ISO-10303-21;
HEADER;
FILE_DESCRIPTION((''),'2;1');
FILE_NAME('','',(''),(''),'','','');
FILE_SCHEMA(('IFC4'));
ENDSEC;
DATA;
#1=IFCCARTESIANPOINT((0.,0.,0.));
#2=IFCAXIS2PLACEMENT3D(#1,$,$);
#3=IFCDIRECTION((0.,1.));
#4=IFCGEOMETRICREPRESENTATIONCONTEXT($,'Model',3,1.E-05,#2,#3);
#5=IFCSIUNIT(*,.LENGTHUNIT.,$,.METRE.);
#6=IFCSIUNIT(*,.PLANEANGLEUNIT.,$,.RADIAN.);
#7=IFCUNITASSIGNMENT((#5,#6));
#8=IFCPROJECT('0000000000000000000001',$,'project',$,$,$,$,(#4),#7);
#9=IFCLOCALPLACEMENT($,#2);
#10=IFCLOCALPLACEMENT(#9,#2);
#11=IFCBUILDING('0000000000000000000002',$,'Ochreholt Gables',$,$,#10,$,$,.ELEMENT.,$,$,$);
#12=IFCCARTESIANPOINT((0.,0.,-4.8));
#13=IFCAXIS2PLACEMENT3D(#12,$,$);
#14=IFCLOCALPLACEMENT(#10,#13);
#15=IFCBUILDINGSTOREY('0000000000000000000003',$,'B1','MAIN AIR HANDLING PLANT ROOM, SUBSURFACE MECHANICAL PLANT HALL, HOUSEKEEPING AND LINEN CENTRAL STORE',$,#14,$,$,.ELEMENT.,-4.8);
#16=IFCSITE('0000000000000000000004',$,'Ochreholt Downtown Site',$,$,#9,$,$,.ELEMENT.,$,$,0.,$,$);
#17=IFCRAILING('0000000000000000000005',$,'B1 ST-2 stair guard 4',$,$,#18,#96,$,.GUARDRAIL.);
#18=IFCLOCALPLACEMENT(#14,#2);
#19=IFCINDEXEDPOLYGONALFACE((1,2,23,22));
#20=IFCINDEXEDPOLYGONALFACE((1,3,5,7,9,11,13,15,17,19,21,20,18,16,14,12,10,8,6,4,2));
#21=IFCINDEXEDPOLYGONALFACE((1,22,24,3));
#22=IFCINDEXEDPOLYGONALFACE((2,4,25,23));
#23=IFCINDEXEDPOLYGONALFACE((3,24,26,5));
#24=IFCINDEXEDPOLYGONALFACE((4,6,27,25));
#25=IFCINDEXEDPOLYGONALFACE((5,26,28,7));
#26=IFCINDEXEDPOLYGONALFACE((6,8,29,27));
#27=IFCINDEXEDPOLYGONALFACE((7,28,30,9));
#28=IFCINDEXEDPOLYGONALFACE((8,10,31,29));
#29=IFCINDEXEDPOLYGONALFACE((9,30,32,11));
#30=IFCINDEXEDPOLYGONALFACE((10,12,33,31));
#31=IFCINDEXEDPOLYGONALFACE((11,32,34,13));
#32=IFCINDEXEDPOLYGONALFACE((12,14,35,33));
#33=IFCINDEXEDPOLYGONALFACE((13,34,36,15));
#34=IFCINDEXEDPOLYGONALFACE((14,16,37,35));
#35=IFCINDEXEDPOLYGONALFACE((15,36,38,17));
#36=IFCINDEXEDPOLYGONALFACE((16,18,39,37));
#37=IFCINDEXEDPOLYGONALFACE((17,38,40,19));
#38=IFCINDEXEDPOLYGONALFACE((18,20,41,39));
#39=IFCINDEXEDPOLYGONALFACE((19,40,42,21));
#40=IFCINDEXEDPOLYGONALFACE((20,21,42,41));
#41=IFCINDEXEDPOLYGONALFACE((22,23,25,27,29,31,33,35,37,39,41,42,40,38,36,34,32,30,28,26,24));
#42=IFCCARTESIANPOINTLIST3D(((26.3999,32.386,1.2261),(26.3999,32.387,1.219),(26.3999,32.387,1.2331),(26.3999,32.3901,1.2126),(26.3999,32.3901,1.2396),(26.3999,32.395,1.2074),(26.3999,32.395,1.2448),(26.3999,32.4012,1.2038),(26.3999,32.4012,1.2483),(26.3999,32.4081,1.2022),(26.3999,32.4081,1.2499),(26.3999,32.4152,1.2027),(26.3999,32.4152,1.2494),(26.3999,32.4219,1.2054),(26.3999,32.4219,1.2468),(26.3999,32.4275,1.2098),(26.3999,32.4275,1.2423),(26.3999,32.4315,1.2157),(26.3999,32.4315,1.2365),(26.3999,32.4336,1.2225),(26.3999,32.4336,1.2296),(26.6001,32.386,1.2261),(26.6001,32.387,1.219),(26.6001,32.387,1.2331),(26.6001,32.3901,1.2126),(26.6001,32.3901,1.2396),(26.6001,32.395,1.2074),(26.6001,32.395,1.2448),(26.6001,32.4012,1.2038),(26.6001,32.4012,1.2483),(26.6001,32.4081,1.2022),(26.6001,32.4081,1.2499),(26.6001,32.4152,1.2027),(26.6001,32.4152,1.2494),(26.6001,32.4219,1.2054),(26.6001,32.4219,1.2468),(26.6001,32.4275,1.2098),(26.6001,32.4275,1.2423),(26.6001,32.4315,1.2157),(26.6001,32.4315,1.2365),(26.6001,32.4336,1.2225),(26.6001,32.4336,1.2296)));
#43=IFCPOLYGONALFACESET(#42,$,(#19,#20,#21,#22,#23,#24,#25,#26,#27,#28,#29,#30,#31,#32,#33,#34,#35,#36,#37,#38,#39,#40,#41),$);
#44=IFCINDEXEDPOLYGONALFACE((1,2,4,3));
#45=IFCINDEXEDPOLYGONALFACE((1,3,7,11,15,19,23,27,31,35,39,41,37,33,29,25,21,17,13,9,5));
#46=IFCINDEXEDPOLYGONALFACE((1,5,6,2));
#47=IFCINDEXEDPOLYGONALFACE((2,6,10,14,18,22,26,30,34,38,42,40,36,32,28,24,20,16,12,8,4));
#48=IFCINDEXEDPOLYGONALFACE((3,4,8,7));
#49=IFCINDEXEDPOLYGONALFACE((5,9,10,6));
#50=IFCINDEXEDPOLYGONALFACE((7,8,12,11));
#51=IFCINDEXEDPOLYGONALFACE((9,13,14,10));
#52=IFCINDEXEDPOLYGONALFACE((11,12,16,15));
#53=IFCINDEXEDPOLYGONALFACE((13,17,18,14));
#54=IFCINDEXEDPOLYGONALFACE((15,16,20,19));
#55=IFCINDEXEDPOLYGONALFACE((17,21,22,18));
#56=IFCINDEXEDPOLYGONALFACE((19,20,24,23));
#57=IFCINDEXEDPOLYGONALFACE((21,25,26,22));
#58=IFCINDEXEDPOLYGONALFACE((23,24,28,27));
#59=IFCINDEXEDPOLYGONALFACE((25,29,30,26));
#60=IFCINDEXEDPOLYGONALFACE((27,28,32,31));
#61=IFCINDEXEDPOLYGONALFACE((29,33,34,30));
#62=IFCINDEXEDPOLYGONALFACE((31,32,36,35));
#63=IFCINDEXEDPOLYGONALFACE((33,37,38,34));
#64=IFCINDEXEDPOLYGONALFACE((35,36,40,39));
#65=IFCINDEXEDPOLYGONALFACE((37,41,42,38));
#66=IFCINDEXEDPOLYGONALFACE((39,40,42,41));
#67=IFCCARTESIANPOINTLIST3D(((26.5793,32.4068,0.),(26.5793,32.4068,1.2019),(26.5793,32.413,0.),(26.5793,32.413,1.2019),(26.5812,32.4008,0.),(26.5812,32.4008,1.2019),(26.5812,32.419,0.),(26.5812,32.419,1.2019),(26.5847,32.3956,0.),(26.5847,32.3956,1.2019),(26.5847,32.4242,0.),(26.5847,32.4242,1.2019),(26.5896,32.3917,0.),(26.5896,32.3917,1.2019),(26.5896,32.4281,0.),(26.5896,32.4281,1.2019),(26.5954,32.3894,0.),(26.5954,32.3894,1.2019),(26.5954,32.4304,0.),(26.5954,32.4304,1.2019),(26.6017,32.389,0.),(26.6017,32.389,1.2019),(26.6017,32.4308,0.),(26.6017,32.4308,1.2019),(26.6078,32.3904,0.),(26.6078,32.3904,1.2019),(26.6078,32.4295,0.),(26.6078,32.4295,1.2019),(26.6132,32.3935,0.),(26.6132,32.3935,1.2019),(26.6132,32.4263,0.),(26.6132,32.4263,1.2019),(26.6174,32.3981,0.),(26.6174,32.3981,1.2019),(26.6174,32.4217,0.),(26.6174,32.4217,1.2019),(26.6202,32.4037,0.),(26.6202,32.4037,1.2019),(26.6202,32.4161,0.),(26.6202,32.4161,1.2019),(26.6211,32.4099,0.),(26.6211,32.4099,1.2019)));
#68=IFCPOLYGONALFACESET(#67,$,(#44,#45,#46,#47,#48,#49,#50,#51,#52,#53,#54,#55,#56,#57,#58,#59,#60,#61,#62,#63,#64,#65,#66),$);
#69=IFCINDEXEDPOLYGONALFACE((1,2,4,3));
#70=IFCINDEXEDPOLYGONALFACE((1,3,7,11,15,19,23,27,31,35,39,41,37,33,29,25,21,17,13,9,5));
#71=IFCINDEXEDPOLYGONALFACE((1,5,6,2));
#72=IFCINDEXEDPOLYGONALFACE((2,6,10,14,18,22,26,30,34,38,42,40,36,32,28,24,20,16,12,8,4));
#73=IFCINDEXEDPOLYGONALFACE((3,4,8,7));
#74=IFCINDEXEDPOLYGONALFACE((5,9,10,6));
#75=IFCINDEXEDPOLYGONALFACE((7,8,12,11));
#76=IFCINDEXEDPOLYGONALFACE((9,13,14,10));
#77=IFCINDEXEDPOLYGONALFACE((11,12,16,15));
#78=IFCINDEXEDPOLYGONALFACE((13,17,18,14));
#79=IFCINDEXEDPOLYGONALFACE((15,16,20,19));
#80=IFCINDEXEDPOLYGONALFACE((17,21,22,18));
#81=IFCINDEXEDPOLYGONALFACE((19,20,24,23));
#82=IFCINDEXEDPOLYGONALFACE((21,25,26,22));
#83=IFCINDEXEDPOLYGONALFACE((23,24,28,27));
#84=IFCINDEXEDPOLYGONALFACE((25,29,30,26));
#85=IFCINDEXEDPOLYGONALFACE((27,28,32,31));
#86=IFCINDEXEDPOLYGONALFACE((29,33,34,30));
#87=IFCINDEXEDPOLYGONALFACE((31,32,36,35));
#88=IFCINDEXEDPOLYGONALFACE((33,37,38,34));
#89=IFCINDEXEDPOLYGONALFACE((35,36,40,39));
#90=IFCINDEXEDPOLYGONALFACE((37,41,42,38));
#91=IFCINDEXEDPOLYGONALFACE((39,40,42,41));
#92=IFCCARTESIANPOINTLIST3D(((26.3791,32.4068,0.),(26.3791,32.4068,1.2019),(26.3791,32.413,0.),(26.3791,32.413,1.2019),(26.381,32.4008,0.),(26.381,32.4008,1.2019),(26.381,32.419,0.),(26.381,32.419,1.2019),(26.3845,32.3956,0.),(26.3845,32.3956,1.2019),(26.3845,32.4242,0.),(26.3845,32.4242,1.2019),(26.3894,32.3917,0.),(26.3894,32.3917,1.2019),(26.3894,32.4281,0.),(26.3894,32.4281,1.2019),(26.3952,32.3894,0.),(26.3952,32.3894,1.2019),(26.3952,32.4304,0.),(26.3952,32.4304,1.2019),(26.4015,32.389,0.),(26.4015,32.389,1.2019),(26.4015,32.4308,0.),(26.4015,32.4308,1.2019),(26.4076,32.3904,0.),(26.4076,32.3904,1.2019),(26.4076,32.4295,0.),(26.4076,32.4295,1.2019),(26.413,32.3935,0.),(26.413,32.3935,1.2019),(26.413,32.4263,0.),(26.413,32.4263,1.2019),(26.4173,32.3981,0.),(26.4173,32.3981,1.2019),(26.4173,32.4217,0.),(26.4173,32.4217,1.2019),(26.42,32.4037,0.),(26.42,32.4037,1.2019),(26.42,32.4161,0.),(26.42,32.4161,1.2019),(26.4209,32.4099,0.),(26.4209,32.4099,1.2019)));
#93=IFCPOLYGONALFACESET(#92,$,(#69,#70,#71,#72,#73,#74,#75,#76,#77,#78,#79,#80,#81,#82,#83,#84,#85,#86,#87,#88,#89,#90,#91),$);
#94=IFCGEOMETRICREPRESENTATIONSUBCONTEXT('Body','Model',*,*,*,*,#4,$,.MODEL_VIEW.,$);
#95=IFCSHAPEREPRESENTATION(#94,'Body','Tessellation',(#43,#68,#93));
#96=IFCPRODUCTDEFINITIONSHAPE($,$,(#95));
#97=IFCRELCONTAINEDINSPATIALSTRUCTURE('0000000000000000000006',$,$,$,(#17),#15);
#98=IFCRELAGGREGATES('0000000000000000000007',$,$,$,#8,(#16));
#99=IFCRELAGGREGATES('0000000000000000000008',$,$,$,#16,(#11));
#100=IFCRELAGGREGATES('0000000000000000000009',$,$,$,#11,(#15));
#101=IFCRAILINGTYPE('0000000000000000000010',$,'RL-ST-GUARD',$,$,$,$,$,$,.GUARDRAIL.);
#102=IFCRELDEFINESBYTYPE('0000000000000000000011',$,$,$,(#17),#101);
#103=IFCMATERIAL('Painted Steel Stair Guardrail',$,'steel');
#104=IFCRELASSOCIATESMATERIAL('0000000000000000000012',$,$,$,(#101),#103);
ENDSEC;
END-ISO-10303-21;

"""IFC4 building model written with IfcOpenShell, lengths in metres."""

from ifc_helpers import new_model, si_unit, direction, frame, origin, origin_2d, place, context, subcontext, project, spatial, circle, extrude, material, type_object, element, save


model = new_model("IFC4")

# Units and contexts
model_context = context("Model", 3, precision=1e-05, world=origin(), true_north=direction((0.0, 1.0)))
body_context = subcontext(model_context, "Body", "Model", "MODEL_VIEW")
ifc_project = project(units=[si_unit("LENGTHUNIT", "METRE"), si_unit("PLANEANGLEUNIT", "RADIAN")], contexts=[model_context])

# Site, building, storey
site_placement = place(None, origin())
site = spatial("IfcSite", under=ifc_project, at=site_placement, Name="Ochreholt Downtown Site", CompositionType="ELEMENT", RefElevation=0.0)
building_placement = place(site_placement, origin())
building = spatial("IfcBuilding", under=site, at=building_placement, Name="Ochreholt Gables", CompositionType="ELEMENT")
storey_placement = place(building_placement, frame((0.0, 0.0, -4.8)))
storey = spatial("IfcBuildingStorey", under=building, at=storey_placement, Name="B1", Description="MAIN AIR HANDLING PLANT ROOM, SUBSURFACE MECHANICAL PLANT HALL, HOUSEKEEPING AND LINEN CENTRAL STORE", CompositionType="ELEMENT", Elevation=-4.8)

# Railing
ifc_material_1 = material(Name="Painted Steel Stair Guardrail", Category="steel")
railing_type_1 = type_object("IfcRailingType", Name="RL-ST-GUARD", PredefinedType="GUARDRAIL", material=ifc_material_1)
railing_1_placement = place(storey_placement, frame((26.6001, 32.4099, 0.0)))
element("IfcRailing", 1, at=railing_1_placement, inside=storey, type_object=railing_type_1, Name="B1 ST-2 stair guard 4", PredefinedType="GUARDRAIL", context=body_context, shape_type="SweptSolid", body=[
    extrude(circle(Radius=0.0239, at=origin_2d()), frame((0.0, 0.0, 1.2261), z_axis=(-1.0, 0.0, 0.0), x_axis=(0.0, -1.0, 0.0)), (0.0, 0.0, 1.0), 0.2002),
    extrude(circle(Radius=0.021, at=origin_2d()), origin(), (0.0, 0.0, 1.0), 1.2019),
    extrude(circle(Radius=0.021, at=origin_2d()), frame((-0.2002, 0.0, 0.0)), (0.0, 0.0, 1.0), 1.2019),
])

save(model, "model.ifc")
